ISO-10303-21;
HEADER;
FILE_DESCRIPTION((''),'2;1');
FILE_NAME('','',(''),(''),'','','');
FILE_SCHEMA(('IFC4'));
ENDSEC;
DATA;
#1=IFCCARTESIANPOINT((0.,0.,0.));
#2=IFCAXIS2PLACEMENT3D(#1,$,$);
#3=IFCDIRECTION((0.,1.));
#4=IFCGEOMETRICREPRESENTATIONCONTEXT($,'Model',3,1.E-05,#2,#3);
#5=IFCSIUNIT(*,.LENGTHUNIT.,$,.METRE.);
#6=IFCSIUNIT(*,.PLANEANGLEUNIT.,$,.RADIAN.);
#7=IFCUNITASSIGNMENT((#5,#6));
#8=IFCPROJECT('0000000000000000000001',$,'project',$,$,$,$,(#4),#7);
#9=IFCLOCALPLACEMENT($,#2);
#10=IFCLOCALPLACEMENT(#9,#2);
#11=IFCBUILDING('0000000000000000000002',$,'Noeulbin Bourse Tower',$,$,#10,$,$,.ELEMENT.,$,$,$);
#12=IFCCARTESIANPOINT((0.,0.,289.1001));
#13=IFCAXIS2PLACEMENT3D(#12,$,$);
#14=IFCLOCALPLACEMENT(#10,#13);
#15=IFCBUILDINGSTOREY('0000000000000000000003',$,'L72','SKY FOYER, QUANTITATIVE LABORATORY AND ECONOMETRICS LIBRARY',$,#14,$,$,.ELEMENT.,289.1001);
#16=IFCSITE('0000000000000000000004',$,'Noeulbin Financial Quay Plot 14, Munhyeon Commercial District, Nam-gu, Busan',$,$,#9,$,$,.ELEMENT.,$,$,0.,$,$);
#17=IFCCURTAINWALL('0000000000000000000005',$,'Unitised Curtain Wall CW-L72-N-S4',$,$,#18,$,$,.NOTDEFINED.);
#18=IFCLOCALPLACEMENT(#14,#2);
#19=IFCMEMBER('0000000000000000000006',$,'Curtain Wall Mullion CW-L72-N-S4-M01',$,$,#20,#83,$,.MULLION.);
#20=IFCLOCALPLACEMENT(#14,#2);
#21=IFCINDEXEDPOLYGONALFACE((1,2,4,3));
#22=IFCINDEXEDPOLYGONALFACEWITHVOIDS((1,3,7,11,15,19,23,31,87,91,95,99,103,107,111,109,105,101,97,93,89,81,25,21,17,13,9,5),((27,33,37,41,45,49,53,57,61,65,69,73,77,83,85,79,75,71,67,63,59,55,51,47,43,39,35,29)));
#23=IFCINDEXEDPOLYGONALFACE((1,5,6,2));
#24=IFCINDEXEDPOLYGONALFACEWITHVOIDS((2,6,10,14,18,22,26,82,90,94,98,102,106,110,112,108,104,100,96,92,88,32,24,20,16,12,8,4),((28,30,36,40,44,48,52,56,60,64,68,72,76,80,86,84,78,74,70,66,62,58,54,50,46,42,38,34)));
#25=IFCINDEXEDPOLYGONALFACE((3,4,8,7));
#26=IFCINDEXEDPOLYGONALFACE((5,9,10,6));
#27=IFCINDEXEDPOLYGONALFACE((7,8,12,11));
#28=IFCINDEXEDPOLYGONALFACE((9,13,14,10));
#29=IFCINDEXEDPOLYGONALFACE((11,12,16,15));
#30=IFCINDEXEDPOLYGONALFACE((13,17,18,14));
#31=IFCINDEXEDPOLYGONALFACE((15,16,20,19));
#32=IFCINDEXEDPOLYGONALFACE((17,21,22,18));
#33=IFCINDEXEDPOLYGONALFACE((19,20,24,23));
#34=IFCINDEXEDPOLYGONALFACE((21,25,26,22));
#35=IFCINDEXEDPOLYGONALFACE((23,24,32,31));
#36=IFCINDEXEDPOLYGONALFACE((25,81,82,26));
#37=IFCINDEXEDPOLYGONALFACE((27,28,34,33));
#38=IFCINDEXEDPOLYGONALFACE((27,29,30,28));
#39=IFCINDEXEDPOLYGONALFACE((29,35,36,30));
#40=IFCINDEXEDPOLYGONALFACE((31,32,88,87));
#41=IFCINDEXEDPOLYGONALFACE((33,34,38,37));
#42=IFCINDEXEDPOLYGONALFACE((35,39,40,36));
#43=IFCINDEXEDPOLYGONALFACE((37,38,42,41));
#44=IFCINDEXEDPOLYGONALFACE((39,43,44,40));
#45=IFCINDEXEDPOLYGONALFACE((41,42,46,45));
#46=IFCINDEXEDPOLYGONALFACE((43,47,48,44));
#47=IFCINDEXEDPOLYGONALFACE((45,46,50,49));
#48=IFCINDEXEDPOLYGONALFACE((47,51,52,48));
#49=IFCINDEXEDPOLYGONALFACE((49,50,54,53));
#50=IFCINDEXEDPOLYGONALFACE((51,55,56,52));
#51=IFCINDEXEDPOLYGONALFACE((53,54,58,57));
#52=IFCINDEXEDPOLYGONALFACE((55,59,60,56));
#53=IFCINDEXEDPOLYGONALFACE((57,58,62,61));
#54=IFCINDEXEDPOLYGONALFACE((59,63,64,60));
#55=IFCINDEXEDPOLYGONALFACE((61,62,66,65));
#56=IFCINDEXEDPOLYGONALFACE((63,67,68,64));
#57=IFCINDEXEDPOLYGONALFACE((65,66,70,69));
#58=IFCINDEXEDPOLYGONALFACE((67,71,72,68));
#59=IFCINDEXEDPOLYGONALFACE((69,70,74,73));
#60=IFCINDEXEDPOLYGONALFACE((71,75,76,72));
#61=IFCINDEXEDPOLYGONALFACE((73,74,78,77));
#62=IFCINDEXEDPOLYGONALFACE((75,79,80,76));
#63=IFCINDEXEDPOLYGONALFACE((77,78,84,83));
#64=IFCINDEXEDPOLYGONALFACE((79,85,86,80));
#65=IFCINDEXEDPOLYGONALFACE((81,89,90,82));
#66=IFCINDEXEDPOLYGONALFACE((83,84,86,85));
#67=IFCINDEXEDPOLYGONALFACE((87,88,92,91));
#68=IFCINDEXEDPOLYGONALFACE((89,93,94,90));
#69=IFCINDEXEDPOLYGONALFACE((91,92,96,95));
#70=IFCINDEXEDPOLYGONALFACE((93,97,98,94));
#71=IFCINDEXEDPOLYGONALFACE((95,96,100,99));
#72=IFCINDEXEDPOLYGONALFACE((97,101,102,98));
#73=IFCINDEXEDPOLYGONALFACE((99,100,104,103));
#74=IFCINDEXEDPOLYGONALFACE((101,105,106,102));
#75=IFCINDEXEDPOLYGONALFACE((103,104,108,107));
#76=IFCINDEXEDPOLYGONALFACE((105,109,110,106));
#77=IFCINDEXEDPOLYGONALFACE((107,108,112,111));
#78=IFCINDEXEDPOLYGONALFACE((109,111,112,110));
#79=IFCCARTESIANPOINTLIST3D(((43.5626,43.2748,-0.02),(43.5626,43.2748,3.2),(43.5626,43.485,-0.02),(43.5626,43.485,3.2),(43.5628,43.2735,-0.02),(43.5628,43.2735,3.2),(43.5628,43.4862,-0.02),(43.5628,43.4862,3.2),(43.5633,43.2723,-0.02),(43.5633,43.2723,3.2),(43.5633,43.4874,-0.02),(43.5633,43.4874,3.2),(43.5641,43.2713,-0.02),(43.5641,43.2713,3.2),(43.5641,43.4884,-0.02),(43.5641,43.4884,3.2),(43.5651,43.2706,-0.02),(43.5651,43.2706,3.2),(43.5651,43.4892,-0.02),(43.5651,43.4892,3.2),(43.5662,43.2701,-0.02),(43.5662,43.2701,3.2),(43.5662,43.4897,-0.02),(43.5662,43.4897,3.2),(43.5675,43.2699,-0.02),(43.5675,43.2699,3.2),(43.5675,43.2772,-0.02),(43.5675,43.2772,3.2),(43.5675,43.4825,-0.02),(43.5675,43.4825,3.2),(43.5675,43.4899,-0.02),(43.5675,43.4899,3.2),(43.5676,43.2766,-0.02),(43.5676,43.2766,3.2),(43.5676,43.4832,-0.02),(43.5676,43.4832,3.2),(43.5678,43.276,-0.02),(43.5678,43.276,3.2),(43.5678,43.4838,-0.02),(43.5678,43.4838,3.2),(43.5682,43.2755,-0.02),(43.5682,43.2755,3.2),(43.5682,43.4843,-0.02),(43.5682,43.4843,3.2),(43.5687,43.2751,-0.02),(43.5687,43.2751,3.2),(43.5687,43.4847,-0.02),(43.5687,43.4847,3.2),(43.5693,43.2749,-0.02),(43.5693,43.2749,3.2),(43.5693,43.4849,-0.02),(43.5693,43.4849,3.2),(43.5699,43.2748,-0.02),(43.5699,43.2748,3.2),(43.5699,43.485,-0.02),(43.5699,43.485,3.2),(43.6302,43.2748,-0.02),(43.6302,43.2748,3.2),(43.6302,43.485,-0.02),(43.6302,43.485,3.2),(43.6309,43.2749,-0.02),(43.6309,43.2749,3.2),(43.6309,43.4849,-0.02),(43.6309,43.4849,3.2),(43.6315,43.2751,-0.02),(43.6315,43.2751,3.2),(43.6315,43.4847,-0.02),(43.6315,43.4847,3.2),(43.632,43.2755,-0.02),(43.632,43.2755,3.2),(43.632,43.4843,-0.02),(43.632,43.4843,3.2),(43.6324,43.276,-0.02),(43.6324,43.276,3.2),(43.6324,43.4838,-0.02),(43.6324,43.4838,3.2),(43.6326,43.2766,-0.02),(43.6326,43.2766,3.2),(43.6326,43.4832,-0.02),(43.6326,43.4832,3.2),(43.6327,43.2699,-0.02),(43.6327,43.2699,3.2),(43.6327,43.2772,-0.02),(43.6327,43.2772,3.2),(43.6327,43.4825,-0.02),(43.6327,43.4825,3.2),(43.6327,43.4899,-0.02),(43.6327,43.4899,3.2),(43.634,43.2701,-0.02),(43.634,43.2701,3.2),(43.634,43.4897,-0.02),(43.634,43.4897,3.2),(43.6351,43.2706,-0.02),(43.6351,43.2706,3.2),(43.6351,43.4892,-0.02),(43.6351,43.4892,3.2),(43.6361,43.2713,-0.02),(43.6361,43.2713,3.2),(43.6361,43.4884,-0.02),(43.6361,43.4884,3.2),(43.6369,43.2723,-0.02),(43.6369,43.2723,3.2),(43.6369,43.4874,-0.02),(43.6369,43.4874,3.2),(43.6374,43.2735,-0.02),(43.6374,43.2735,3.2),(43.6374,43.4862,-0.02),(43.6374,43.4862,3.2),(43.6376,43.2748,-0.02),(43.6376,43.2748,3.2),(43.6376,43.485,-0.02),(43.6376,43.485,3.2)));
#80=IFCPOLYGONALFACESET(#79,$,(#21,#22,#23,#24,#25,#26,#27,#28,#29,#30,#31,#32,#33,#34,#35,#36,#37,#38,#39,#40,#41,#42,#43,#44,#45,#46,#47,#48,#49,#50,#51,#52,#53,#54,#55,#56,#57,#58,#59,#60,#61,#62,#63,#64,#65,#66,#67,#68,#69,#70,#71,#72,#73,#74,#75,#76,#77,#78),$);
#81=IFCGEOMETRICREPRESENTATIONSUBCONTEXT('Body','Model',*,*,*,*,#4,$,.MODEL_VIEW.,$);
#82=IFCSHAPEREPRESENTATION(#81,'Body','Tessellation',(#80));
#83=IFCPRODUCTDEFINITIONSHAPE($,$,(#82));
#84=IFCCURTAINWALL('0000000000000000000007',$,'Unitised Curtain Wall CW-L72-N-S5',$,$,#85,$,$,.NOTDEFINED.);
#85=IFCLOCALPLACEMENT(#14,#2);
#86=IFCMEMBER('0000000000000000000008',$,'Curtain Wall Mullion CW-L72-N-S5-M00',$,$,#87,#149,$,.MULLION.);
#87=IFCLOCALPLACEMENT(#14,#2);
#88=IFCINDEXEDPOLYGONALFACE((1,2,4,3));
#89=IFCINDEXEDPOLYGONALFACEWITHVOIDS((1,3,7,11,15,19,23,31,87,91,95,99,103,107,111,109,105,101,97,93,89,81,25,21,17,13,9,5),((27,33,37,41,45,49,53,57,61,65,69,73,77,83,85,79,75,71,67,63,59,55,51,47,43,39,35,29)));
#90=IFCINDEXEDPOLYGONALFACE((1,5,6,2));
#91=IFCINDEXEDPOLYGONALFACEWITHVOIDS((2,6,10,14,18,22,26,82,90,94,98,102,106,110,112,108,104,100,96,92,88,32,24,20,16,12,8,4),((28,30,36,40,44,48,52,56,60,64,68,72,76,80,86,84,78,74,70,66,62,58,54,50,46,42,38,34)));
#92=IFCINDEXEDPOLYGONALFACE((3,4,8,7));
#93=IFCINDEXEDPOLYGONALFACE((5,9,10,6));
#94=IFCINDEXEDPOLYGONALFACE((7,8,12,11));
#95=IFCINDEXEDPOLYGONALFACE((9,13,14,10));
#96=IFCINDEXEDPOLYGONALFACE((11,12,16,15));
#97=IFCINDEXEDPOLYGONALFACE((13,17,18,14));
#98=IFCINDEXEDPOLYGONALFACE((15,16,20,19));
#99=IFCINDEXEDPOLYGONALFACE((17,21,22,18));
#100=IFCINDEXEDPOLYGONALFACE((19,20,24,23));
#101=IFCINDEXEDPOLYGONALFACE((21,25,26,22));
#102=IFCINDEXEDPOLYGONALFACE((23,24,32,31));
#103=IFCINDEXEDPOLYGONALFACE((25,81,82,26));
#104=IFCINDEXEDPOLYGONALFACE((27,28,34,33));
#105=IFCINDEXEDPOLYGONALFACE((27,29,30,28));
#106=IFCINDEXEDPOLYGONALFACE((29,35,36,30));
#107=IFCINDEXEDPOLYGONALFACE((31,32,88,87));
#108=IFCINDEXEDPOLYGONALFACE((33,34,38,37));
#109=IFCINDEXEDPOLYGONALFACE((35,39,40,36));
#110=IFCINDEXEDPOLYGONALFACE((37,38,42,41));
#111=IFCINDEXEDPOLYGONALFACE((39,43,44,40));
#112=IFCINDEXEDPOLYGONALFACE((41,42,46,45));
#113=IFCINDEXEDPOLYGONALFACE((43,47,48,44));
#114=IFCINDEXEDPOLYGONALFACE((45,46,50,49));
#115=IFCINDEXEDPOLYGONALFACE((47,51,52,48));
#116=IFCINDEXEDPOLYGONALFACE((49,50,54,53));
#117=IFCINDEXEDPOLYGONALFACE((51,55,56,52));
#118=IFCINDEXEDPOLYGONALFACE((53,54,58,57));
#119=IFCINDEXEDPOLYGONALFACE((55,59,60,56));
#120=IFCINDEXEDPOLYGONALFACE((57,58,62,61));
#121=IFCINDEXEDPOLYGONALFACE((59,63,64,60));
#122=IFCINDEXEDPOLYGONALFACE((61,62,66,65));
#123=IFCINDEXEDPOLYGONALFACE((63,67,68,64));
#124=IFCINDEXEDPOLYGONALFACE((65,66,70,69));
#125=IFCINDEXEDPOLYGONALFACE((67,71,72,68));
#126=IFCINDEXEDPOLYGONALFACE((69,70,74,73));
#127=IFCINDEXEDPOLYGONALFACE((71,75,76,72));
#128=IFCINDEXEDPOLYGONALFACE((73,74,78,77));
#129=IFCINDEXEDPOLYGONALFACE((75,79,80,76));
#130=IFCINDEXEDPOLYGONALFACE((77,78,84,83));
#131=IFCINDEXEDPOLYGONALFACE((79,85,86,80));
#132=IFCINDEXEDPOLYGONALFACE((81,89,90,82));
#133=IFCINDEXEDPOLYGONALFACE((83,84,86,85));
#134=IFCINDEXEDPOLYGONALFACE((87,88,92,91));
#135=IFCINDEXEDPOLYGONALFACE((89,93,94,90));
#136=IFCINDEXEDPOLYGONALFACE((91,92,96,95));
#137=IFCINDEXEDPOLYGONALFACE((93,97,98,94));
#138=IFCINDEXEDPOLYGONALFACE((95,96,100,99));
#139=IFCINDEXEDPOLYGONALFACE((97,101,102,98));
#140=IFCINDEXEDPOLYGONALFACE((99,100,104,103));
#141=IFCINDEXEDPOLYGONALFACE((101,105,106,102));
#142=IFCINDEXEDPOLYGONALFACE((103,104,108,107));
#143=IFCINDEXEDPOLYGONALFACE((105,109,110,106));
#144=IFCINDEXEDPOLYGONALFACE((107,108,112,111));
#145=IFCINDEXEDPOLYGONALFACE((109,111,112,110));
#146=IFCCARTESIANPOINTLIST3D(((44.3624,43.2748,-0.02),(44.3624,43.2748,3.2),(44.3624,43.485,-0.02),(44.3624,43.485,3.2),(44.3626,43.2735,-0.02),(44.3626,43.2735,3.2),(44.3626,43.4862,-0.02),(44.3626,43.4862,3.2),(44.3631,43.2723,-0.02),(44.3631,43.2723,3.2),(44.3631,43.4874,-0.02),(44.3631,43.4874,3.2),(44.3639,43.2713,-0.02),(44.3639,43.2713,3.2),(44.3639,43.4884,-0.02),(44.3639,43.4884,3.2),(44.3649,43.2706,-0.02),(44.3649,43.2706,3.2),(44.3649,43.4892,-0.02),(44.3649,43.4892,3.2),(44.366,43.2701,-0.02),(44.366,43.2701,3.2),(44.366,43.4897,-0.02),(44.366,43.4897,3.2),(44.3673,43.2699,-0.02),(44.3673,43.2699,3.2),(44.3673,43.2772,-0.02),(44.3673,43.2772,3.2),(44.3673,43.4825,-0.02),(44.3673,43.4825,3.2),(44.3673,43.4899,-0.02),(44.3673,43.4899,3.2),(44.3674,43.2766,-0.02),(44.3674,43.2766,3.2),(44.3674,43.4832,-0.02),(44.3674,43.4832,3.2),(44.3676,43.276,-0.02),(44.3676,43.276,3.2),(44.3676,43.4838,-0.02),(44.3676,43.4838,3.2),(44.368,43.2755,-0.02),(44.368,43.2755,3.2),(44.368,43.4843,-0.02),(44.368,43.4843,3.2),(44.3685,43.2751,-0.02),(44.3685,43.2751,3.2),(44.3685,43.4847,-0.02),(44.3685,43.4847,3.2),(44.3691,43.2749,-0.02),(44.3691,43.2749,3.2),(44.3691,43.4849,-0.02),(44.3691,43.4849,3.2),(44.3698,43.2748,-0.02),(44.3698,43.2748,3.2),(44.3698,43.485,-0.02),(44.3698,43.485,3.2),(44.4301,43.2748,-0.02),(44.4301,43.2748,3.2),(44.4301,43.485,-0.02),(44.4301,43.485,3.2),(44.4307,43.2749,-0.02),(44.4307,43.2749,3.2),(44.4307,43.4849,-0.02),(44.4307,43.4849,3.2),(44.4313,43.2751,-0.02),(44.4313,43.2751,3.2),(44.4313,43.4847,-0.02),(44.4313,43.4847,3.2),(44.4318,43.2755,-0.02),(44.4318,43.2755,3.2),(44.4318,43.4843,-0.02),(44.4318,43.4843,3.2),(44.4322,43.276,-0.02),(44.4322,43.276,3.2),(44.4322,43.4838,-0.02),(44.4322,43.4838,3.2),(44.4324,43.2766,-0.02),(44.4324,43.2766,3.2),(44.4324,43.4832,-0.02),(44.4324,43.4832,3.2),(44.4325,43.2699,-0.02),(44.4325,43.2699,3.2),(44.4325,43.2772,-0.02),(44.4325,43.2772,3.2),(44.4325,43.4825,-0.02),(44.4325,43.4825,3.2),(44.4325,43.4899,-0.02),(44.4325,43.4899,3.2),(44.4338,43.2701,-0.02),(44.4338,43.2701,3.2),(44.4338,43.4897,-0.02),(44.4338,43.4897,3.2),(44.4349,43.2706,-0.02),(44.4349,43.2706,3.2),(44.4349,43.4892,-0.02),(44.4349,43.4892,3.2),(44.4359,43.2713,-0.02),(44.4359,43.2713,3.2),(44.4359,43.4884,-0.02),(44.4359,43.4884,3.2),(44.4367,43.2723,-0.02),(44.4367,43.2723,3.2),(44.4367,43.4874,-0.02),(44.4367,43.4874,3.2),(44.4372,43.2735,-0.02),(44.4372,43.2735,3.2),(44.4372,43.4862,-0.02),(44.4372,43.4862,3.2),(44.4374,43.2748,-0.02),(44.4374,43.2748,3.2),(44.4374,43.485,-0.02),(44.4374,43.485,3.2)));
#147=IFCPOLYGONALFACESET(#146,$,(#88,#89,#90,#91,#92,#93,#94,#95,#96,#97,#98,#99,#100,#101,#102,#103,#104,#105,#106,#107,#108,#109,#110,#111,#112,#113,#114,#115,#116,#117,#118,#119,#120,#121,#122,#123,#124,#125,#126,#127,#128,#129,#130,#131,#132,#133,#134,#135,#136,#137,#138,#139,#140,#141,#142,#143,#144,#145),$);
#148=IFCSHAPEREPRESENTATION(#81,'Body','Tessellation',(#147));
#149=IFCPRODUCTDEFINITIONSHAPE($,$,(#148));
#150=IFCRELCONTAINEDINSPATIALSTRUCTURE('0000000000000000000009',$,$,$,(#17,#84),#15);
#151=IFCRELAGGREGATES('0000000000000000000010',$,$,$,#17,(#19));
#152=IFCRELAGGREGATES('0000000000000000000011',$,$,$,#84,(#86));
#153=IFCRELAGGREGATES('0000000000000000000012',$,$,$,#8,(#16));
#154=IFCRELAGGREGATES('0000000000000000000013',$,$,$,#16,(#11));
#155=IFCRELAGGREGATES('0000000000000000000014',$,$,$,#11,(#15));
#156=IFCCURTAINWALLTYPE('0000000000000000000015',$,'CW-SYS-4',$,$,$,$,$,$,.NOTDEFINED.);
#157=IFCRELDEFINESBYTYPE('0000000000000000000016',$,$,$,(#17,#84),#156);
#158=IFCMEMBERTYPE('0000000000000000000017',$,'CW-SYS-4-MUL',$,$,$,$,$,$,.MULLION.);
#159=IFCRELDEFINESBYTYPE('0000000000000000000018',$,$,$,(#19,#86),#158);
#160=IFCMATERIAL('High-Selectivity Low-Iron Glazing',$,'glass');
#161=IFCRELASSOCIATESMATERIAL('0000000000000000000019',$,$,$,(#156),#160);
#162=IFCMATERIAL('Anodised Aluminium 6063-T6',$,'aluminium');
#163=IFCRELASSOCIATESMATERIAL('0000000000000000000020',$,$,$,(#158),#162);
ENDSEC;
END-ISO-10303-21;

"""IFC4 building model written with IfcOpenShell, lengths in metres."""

from ifc_helpers import new_model, si_unit, direction, frame, origin, origin_2d, place, context, subcontext, project, spatial, hollow_rectangle, extrude, material, material_profile, profile_set, type_object, element, aggregate, save


model = new_model("IFC4")

# Units and contexts
model_context = context("Model", 3, precision=1e-05, world=origin(), true_north=direction((0.0, 1.0)))
body_context = subcontext(model_context, "Body", "Model", "MODEL_VIEW")
ifc_project = project(units=[si_unit("LENGTHUNIT", "METRE"), si_unit("PLANEANGLEUNIT", "RADIAN")], contexts=[model_context])

# Site, building, storey
site_placement = place(None, origin())
site = spatial("IfcSite", under=ifc_project, at=site_placement, Name="Noeulbin Financial Quay Plot 14, Munhyeon Commercial District, Nam-gu, Busan", CompositionType="ELEMENT", RefElevation=0.0)
building_placement = place(site_placement, origin())
building = spatial("IfcBuilding", under=site, at=building_placement, Name="Noeulbin Bourse Tower", CompositionType="ELEMENT")
storey_placement = place(building_placement, frame((0.0, 0.0, 289.1001)))
storey = spatial("IfcBuildingStorey", under=building, at=storey_placement, Name="L72", Description="SKY FOYER, QUANTITATIVE LABORATORY AND ECONOMETRICS LIBRARY", CompositionType="ELEMENT", Elevation=289.1001)

# Curtain wall, member
ifc_material_1 = material(Name="High-Selectivity Low-Iron Glazing", Category="glass")
curtain_wall_type = type_object("IfcCurtainWallType", Name="CW-SYS-4", PredefinedType="NOTDEFINED", material=ifc_material_1)
curtain_wall_1_placement = place(storey_placement, origin())
curtain_wall_1 = element("IfcCurtainWall", 1, at=curtain_wall_1_placement, inside=storey, type_object=curtain_wall_type, Name="Unitised Curtain Wall CW-L72-N-S4", PredefinedType="NOTDEFINED")
ifc_material_2 = material(Name="Anodised Aluminium 6063-T6", Category="aluminium")
ifc_material_profile_1 = material_profile(ifc_material_2, hollow_rectangle(XDim=0.075, YDim=0.22, WallThickness=0.0049, InnerFilletRadius=0.0024, OuterFilletRadius=0.0049, at=origin_2d()), Name="ALU-MULL-75x220x5", Category="LoadBearing")
ifc_profile_set_1 = profile_set([ifc_material_profile_1], Name="Anodised Aluminium 6063-T6")
member_type_1 = type_object("IfcMemberType", Name="CW-SYS-4-MUL", PredefinedType="MULLION", material=ifc_profile_set_1)
member_1_placement = place(storey_placement, frame((43.6001, 43.3799, -0.02), z_axis=(0.0, 0.0, 1.0), x_axis=(1.0, 0.0, 0.0)))
member_1 = element("IfcMember", 2, at=member_1_placement, type_object=member_type_1, Name="Curtain Wall Mullion CW-L72-N-S4-M01", PredefinedType="MULLION", context=body_context, shape_type="SweptSolid", body=[
    extrude(hollow_rectangle(XDim=0.075, YDim=0.22, WallThickness=0.0049, InnerFilletRadius=0.0024, OuterFilletRadius=0.0049, at=origin_2d()), origin(), (0.0, 0.0, 1.0), 3.22),
])
aggregate(curtain_wall_1, [member_1])

# Curtain wall, member
curtain_wall_2_placement = place(storey_placement, origin())
curtain_wall_2 = element("IfcCurtainWall", 3, at=curtain_wall_2_placement, inside=storey, type_object=curtain_wall_type, Name="Unitised Curtain Wall CW-L72-N-S5", PredefinedType="NOTDEFINED")
member_2_placement = place(storey_placement, frame((44.3999, 43.3799, -0.02), z_axis=(0.0, 0.0, 1.0), x_axis=(1.0, 0.0, 0.0)))
member_2 = element("IfcMember", 4, at=member_2_placement, type_object=member_type_1, Name="Curtain Wall Mullion CW-L72-N-S5-M00", PredefinedType="MULLION", context=body_context, shape_type="SweptSolid", body=[
    extrude(hollow_rectangle(XDim=0.075, YDim=0.22, WallThickness=0.0049, InnerFilletRadius=0.0024, OuterFilletRadius=0.0049, at=origin_2d()), origin(), (0.0, 0.0, 1.0), 3.22),
])

aggregate(curtain_wall_2, [member_2])

save(model, "model.ifc")
